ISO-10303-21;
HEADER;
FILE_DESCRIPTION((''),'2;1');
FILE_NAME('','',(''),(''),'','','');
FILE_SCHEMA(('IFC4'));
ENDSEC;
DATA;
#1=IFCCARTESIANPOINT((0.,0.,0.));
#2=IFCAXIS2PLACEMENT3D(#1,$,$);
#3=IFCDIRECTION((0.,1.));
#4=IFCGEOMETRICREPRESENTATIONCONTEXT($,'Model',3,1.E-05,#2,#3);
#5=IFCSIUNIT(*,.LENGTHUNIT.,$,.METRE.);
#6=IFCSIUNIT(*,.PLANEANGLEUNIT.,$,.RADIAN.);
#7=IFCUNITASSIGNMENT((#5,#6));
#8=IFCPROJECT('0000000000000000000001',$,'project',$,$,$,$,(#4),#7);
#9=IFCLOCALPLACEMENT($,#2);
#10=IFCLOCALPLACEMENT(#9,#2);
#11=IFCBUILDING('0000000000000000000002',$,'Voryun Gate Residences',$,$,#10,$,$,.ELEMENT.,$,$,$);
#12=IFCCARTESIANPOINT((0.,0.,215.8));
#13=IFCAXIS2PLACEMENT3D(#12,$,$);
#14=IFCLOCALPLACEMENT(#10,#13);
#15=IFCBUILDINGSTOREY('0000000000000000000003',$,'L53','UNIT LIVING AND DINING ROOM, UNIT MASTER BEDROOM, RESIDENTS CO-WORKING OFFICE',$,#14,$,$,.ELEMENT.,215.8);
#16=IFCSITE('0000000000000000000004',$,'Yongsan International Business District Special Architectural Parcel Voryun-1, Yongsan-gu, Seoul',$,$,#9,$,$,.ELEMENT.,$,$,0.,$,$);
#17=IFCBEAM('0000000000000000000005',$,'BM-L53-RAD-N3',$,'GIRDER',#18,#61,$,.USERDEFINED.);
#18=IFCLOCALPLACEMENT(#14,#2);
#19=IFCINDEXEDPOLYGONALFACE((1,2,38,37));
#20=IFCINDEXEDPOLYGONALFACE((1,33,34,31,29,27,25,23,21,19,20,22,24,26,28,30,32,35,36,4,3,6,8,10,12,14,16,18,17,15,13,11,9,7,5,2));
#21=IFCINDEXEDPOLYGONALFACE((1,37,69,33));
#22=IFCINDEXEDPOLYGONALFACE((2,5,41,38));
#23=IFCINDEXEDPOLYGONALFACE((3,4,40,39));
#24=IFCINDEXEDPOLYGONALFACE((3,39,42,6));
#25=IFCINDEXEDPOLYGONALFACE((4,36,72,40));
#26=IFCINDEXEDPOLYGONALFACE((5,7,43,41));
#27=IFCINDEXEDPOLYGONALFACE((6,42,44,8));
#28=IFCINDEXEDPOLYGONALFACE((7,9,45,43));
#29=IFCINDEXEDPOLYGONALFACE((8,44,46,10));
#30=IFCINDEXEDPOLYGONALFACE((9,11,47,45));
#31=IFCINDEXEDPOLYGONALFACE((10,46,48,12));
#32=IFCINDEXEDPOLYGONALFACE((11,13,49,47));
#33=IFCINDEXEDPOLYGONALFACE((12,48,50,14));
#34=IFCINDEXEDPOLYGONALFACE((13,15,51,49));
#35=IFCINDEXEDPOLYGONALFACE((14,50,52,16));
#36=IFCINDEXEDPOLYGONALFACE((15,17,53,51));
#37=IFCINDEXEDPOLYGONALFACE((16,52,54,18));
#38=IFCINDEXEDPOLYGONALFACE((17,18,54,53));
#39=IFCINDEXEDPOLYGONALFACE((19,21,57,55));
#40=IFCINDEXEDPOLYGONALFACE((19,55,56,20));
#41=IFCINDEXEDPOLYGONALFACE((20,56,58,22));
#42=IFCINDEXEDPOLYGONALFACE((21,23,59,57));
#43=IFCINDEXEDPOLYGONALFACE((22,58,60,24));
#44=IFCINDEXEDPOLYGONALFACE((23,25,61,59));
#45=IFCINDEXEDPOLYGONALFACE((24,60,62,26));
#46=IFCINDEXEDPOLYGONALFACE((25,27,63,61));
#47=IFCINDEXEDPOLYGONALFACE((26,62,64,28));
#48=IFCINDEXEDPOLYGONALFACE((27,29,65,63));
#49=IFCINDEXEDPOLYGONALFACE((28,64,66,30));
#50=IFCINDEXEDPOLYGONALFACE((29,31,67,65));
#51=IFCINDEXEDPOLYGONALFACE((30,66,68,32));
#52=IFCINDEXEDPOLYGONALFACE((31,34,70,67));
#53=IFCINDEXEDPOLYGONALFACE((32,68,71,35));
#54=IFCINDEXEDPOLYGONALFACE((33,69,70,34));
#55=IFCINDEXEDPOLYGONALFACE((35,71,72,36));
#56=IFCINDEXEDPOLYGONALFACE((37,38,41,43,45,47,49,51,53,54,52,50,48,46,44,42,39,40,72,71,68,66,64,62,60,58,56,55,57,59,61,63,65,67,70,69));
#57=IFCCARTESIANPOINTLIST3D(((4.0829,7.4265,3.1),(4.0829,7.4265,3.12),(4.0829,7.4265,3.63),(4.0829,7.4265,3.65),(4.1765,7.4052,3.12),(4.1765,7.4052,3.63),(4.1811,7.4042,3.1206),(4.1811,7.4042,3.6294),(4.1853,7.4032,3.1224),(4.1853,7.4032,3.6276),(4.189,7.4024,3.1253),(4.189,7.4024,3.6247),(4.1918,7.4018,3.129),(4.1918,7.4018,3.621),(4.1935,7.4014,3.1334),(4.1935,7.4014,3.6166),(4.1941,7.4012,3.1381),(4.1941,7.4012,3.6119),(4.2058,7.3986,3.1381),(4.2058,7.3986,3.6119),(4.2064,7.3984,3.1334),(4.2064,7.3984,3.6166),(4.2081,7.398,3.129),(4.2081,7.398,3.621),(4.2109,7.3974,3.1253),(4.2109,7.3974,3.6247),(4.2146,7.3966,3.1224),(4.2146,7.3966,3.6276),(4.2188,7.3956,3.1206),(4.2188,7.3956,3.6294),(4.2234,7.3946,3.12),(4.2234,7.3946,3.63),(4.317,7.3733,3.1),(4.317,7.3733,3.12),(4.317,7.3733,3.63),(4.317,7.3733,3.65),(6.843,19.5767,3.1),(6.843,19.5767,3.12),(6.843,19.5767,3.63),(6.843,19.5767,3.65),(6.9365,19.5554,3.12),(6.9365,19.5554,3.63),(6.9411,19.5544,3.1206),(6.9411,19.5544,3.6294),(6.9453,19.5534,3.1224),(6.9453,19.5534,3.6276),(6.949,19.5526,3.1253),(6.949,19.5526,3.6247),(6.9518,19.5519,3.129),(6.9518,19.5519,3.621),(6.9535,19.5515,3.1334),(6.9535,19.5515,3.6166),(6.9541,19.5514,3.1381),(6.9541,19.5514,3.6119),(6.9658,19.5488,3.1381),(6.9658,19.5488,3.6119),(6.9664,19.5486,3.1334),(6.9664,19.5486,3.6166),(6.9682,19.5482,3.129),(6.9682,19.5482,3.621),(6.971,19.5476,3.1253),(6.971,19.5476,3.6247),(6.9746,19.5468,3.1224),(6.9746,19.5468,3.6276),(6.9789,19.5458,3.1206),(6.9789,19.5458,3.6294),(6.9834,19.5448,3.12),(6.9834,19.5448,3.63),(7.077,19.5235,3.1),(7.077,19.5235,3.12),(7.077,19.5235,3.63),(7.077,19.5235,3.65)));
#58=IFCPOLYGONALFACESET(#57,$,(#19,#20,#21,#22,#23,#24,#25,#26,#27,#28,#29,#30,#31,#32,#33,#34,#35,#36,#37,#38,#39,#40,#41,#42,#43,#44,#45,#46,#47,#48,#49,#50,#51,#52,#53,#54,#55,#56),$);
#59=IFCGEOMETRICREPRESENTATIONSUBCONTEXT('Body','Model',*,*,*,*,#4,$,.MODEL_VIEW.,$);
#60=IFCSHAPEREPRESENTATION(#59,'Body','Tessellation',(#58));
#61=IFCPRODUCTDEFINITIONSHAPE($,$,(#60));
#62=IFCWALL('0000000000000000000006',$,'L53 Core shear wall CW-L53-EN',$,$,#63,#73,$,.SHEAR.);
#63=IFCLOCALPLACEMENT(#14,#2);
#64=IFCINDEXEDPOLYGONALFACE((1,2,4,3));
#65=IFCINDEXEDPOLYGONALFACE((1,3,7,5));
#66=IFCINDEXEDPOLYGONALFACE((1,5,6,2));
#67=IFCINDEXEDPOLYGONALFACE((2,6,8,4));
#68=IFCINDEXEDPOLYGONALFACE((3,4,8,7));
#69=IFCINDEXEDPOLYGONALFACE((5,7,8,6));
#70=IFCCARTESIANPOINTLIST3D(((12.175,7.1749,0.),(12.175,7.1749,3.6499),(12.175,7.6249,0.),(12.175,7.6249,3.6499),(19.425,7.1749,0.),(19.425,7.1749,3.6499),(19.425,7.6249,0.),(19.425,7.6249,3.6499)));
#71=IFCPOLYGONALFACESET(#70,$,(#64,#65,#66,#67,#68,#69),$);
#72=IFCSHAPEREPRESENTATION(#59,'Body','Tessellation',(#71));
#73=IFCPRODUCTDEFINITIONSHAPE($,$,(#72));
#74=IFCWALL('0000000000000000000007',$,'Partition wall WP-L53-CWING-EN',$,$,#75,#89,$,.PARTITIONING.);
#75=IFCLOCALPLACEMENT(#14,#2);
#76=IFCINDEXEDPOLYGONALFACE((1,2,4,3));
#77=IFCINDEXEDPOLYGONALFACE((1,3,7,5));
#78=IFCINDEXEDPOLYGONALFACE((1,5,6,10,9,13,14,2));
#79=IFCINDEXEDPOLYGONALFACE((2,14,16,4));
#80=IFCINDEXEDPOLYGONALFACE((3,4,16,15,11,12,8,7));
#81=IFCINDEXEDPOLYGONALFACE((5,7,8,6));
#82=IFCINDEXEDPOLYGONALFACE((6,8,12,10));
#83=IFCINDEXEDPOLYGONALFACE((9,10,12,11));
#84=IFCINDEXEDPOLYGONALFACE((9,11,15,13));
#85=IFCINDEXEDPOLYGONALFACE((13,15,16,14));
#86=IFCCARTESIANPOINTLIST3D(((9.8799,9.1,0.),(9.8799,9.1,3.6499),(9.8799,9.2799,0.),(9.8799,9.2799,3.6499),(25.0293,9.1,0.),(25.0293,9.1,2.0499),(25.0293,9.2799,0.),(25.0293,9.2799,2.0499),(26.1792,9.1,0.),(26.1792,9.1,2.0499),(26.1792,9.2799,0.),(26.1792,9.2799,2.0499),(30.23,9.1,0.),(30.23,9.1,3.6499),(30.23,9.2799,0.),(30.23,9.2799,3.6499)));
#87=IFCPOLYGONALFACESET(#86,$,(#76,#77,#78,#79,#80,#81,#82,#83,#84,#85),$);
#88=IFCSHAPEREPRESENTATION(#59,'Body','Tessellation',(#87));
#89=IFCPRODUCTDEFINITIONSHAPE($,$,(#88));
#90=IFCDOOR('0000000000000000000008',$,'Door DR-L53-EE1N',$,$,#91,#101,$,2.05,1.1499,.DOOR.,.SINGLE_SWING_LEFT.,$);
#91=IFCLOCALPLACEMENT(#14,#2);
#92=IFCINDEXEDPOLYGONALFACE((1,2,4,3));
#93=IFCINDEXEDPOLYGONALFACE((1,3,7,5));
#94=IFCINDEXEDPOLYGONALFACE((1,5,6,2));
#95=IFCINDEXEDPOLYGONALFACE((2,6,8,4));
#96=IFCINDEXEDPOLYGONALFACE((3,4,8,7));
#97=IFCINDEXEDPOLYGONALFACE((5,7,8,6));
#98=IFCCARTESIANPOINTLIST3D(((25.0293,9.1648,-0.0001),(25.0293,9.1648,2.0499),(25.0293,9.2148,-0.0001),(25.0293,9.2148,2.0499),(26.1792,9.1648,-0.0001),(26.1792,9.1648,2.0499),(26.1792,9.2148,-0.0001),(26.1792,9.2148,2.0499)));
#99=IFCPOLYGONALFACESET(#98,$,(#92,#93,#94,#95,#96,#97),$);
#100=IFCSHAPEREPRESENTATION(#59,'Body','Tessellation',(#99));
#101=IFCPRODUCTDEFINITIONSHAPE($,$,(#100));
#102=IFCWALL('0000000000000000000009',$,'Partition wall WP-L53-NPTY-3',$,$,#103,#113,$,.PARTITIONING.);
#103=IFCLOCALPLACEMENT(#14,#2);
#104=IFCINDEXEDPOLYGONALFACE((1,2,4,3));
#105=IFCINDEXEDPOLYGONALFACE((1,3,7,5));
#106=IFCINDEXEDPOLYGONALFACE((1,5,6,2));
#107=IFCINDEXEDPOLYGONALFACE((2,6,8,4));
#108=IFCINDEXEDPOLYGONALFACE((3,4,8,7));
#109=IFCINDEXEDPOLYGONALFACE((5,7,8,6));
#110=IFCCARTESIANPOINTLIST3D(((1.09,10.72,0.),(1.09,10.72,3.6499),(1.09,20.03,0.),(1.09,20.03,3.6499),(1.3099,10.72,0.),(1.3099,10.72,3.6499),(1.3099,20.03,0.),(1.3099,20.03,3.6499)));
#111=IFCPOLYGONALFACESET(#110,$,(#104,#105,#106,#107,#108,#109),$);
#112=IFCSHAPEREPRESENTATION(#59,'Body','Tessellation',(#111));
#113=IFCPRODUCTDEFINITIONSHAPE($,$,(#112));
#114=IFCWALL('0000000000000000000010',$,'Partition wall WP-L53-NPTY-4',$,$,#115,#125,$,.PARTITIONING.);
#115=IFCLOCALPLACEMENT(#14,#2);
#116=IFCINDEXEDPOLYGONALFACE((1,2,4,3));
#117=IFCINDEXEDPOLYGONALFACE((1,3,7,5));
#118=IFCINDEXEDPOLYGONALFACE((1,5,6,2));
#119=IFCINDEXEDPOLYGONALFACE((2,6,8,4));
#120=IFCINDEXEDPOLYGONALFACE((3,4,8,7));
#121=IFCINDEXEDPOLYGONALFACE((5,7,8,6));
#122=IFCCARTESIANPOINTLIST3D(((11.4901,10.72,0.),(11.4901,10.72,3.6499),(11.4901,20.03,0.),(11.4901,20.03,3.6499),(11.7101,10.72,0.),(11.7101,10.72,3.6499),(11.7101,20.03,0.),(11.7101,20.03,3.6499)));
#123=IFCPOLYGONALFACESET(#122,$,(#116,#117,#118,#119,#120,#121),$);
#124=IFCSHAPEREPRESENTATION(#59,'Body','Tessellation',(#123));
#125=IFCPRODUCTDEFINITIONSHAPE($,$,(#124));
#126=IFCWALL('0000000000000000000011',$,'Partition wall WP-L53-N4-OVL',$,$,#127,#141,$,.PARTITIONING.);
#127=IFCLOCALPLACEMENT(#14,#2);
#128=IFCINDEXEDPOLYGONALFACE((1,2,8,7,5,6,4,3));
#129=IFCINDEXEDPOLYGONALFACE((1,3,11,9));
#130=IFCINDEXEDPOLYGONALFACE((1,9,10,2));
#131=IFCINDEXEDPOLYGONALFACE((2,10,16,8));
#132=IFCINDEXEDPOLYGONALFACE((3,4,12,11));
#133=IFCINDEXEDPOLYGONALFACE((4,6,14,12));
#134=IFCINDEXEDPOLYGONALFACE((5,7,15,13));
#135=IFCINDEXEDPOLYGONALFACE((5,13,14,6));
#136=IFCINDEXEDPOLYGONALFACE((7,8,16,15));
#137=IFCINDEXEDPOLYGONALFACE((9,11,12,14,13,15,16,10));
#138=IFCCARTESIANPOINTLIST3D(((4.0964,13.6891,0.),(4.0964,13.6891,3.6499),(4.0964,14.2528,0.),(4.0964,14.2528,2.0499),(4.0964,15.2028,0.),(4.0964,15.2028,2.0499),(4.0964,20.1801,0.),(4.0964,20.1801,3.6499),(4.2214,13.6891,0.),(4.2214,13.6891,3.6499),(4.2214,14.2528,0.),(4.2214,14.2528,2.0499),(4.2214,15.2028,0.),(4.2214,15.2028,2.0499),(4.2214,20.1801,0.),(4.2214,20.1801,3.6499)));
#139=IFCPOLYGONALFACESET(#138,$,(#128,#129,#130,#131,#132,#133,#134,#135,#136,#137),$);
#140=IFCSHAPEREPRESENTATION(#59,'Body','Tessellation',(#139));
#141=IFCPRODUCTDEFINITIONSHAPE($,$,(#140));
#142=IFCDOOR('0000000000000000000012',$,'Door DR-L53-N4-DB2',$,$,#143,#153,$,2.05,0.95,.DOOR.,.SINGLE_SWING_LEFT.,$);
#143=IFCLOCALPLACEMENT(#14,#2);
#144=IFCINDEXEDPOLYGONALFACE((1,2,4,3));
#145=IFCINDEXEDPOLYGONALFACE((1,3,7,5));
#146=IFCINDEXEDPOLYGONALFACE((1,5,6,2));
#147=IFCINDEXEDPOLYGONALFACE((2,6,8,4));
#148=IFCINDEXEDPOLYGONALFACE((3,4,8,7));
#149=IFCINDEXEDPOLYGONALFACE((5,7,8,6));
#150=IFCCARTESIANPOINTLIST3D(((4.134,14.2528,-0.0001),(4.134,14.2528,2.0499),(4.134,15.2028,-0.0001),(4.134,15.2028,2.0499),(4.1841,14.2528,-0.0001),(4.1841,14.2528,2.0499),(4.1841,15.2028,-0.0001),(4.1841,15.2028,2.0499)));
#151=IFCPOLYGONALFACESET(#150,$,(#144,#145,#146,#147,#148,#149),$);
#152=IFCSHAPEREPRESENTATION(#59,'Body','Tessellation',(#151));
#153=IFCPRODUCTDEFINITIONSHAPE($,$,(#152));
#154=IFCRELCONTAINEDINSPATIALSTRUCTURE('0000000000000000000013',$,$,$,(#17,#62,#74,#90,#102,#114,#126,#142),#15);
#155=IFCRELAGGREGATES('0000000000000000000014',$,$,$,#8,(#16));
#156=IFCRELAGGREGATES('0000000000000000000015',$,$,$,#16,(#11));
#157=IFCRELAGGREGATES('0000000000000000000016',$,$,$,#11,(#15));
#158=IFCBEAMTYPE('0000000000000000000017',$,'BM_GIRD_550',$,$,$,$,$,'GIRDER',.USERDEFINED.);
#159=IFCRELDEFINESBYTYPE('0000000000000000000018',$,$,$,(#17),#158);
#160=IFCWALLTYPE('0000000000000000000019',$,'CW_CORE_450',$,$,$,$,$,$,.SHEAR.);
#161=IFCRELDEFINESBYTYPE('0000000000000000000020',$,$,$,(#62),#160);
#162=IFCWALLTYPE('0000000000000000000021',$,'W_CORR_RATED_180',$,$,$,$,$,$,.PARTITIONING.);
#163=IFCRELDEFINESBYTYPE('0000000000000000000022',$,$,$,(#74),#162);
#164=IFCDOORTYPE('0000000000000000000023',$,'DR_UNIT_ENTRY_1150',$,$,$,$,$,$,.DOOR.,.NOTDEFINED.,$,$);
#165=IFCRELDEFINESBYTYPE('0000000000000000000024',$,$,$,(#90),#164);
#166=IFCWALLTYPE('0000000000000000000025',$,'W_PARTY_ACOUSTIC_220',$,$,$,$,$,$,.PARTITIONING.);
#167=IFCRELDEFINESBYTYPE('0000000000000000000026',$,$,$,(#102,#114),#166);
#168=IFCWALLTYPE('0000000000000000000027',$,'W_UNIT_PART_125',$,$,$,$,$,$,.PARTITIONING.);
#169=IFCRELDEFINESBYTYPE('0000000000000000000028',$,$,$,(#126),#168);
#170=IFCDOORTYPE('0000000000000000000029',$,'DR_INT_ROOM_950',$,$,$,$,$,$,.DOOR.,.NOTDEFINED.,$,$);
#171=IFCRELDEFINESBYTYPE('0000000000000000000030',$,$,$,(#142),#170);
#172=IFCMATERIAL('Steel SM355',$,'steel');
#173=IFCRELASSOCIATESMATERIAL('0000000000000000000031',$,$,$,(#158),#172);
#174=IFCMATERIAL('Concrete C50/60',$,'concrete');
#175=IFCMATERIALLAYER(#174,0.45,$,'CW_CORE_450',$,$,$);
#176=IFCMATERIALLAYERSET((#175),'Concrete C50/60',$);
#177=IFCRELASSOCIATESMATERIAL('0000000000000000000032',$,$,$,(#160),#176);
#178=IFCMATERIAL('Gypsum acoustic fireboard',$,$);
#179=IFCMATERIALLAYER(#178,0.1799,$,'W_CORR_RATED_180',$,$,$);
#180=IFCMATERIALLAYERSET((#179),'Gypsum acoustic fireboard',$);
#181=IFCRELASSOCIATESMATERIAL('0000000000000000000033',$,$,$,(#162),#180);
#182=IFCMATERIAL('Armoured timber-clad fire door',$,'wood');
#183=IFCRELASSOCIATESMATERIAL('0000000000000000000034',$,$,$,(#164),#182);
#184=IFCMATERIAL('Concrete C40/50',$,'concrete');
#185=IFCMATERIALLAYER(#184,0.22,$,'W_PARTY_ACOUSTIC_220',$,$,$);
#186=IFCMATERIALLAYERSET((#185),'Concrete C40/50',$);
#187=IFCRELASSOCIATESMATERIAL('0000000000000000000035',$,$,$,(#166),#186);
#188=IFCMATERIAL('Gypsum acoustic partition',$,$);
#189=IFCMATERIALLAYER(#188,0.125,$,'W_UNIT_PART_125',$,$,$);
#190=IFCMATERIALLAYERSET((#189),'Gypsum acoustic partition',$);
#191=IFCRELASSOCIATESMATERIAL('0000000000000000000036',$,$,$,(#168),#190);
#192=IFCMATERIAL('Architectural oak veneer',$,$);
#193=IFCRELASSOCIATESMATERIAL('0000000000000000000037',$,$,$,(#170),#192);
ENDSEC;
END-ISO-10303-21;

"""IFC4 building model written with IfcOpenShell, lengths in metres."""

from ifc_helpers import new_model, si_unit, direction, frame, frame_2d, origin, origin_2d, place, context, subcontext, project, spatial, rectangle, i_section, extrude, material, layer, layer_set, material_profile, profile_set, type_object, element, fill, save


model = new_model("IFC4")

# Units and contexts
model_context = context("Model", 3, precision=1e-05, world=origin(), true_north=direction((0.0, 1.0)))
body_context = subcontext(model_context, "Body", "Model", "MODEL_VIEW")
ifc_project = project(units=[si_unit("LENGTHUNIT", "METRE"), si_unit("PLANEANGLEUNIT", "RADIAN")], contexts=[model_context])

# Site, building, storey
site_placement = place(None, origin())
site = spatial("IfcSite", under=ifc_project, at=site_placement, Name="Yongsan International Business District Special Architectural Parcel Voryun-1, Yongsan-gu, Seoul", CompositionType="ELEMENT", RefElevation=0.0)
building_placement = place(site_placement, origin())
building = spatial("IfcBuilding", under=site, at=building_placement, Name="Voryun Gate Residences", CompositionType="ELEMENT")
storey_placement = place(building_placement, frame((0.0, 0.0, 215.8)))
storey = spatial("IfcBuildingStorey", under=building, at=storey_placement, Name="L53", Description="UNIT LIVING AND DINING ROOM, UNIT MASTER BEDROOM, RESIDENTS CO-WORKING OFFICE", CompositionType="ELEMENT", Elevation=215.8)

# Beam
ifc_material_1 = material(Name="Steel SM355", Category="steel")
ifc_material_profile_1 = material_profile(ifc_material_1, i_section(OverallWidth=0.24, OverallDepth=0.55, WebThickness=0.012, FlangeThickness=0.02, FilletRadius=0.0181, at=origin_2d()), Name="H-550x240x12x20")
ifc_profile_set_1 = profile_set([ifc_material_profile_1], Name="Steel SM355")
beam_type_1 = type_object("IfcBeamType", Name="BM_GIRD_550", ElementType="GIRDER", PredefinedType="USERDEFINED", material=ifc_profile_set_1)
beam_1_placement = place(storey_placement, frame((4.2, 7.3999, 3.375), z_axis=(0.221515, 0.975157, 0.0), x_axis=(-0.975157, 0.221515, 0.0)))
element("IfcBeam", 1, at=beam_1_placement, inside=storey, type_object=beam_type_1, Name="BM-L53-RAD-N3", ObjectType="GIRDER", PredefinedType="USERDEFINED", context=body_context, shape_type="SweptSolid", body=[
    extrude(i_section(OverallWidth=0.24, OverallDepth=0.55, WebThickness=0.012, FlangeThickness=0.02, FilletRadius=0.0181, at=origin_2d()), origin(), (0.0, 0.0, 1.0), 12.4597),
])

# Wall
ifc_material_2 = material(Name="Concrete C50/60", Category="concrete")
ifc_layer_1 = layer(ifc_material_2, 0.45, Name="CW_CORE_450")
ifc_layer_set_1 = layer_set([ifc_layer_1], Name="Concrete C50/60")
wall_type_1 = type_object("IfcWallType", Name="CW_CORE_450", PredefinedType="SHEAR", material=ifc_layer_set_1)
wall_1_placement = place(storey_placement, frame((12.175, 7.3999, 0.0), z_axis=(0.0, 0.0, 1.0), x_axis=(1.0, 0.0, 0.0)))
element("IfcWall", 2, at=wall_1_placement, inside=storey, type_object=wall_type_1, Name="L53 Core shear wall CW-L53-EN", PredefinedType="SHEAR", context=body_context, shape_type="SweptSolid", body=[
    extrude(rectangle(XDim=7.25, YDim=0.45, at=frame_2d((3.625, 0.0))), origin(), (0.0, 0.0, 1.0), 3.6499),
])

# Wall, opening, door
ifc_material_3 = material(Name="Gypsum acoustic fireboard")
ifc_layer_2 = layer(ifc_material_3, 0.1799, Name="W_CORR_RATED_180")
ifc_layer_set_2 = layer_set([ifc_layer_2], Name="Gypsum acoustic fireboard")
wall_type_2 = type_object("IfcWallType", Name="W_CORR_RATED_180", PredefinedType="PARTITIONING", material=ifc_layer_set_2)
wall_2_placement = place(storey_placement, frame((9.8799, 9.1899, 0.0), z_axis=(0.0, 0.0, 1.0), x_axis=(1.0, 0.0, 0.0)))
wall_2 = element("IfcWall", 3, at=wall_2_placement, inside=storey, type_object=wall_type_2, Name="Partition wall WP-L53-CWING-EN", PredefinedType="PARTITIONING", context=body_context, shape_type="SweptSolid", body=[
    extrude(rectangle(XDim=20.3501, YDim=0.1799, at=frame_2d((10.175, 0.0))), origin(), (0.0, 0.0, 1.0), 3.6499),
])
opening_1_placement = place(wall_2_placement, frame((15.1494, 0.0, 0.0)))
opening_1 = element("IfcOpeningElement", 4, at=opening_1_placement, cuts=wall_2, PredefinedType="OPENING", context=body_context, shape_type="SweptSolid", body=[
    extrude(rectangle(XDim=1.1499, YDim=2.05, at=frame_2d((0.575, 1.0249))), frame((0.0, 0.0999, 0.0), z_axis=(0.0, -1.0, 0.0), x_axis=(1.0, 0.0, 0.0)), (0.0, 0.0, 1.0), 0.2),
])
ifc_material_4 = material(Name="Armoured timber-clad fire door", Category="wood")
door_type_1 = type_object("IfcDoorType", Name="DR_UNIT_ENTRY_1150", OperationType="NOTDEFINED", PredefinedType="DOOR", material=ifc_material_4)
door_1_placement = place(opening_1_placement, origin())
door_1 = element("IfcDoor", 5, at=door_1_placement, inside=storey, type_object=door_type_1, Name="Door DR-L53-EE1N", OperationType="SINGLE_SWING_LEFT", OverallHeight=2.05, OverallWidth=1.1499, PredefinedType="DOOR", context=body_context, shape_type="SweptSolid", body=[
    extrude(rectangle(XDim=1.1499, YDim=2.05, at=frame_2d((0.575, 1.0249))), frame((0.0, 0.0249, 0.0), z_axis=(0.0, -1.0, 0.0), x_axis=(1.0, 0.0, 0.0)), (0.0, 0.0, 1.0), 0.05),
])
fill(opening_1, door_1)

# Walls
ifc_material_5 = material(Name="Concrete C40/50", Category="concrete")
ifc_layer_3 = layer(ifc_material_5, 0.22, Name="W_PARTY_ACOUSTIC_220")
ifc_layer_set_3 = layer_set([ifc_layer_3], Name="Concrete C40/50")
wall_type_3 = type_object("IfcWallType", Name="W_PARTY_ACOUSTIC_220", PredefinedType="PARTITIONING", material=ifc_layer_set_3)
for number, where, z_axis, x_axis, name in (
    (6, (1.2, 10.72, 0.0), (0.0, 0.0, 1.0), (0.0, 1.0, 0.0), "Partition wall WP-L53-NPTY-3"),
    (7, (11.6001, 10.72, 0.0), (0.0, 0.0, 1.0), (0.0, 1.0, 0.0), "Partition wall WP-L53-NPTY-4"),
):
    element("IfcWall", number, at=place(storey_placement, frame(where, z_axis=z_axis, x_axis=x_axis)), inside=storey, type_object=wall_type_3, Name=name, PredefinedType="PARTITIONING", context=body_context, shape_type="SweptSolid", body=[
        extrude(rectangle(XDim=9.3101, YDim=0.22, at=frame_2d((4.655, 0.0))), origin(), (0.0, 0.0, 1.0), 3.6499),
    ])

# Wall, opening, door
ifc_material_6 = material(Name="Gypsum acoustic partition")
ifc_layer_4 = layer(ifc_material_6, 0.125, Name="W_UNIT_PART_125")
ifc_layer_set_4 = layer_set([ifc_layer_4], Name="Gypsum acoustic partition")
wall_type_4 = type_object("IfcWallType", Name="W_UNIT_PART_125", PredefinedType="PARTITIONING", material=ifc_layer_set_4)
wall_3_placement = place(storey_placement, frame((4.1589, 13.689, 0.0), z_axis=(0.0, 0.0, 1.0), x_axis=(0.0, 1.0, 0.0)))
wall_3 = element("IfcWall", 8, at=wall_3_placement, inside=storey, type_object=wall_type_4, Name="Partition wall WP-L53-N4-OVL", PredefinedType="PARTITIONING", context=body_context, shape_type="SweptSolid", body=[
    extrude(rectangle(XDim=6.491, YDim=0.125, at=frame_2d((3.2456, 0.0))), origin(), (0.0, 0.0, 1.0), 3.6499),
])
opening_2_placement = place(wall_3_placement, frame((0.5637, 0.0, 0.0)))
opening_2 = element("IfcOpeningElement", 9, at=opening_2_placement, cuts=wall_3, PredefinedType="OPENING", context=body_context, shape_type="SweptSolid", body=[
    extrude(rectangle(XDim=0.95, YDim=2.05, at=frame_2d((0.4751, 1.0249))), frame((0.0, 0.0725, 0.0), z_axis=(0.0, -1.0, 0.0), x_axis=(1.0, 0.0, 0.0)), (0.0, 0.0, 1.0), 0.145),
])
ifc_material_7 = material(Name="Architectural oak veneer")
door_type_2 = type_object("IfcDoorType", Name="DR_INT_ROOM_950", OperationType="NOTDEFINED", PredefinedType="DOOR", material=ifc_material_7)
door_2_placement = place(opening_2_placement, origin())
door_2 = element("IfcDoor", 10, at=door_2_placement, inside=storey, type_object=door_type_2, Name="Door DR-L53-N4-DB2", OperationType="SINGLE_SWING_LEFT", OverallHeight=2.05, OverallWidth=0.95, PredefinedType="DOOR", context=body_context, shape_type="SweptSolid", body=[
    extrude(rectangle(XDim=0.95, YDim=2.05, at=frame_2d((0.4751, 1.0249))), frame((0.0, 0.0249, 0.0), z_axis=(0.0, -1.0, 0.0), x_axis=(1.0, 0.0, 0.0)), (0.0, 0.0, 1.0), 0.05),
])
fill(opening_2, door_2)

save(model, "model.ifc")
